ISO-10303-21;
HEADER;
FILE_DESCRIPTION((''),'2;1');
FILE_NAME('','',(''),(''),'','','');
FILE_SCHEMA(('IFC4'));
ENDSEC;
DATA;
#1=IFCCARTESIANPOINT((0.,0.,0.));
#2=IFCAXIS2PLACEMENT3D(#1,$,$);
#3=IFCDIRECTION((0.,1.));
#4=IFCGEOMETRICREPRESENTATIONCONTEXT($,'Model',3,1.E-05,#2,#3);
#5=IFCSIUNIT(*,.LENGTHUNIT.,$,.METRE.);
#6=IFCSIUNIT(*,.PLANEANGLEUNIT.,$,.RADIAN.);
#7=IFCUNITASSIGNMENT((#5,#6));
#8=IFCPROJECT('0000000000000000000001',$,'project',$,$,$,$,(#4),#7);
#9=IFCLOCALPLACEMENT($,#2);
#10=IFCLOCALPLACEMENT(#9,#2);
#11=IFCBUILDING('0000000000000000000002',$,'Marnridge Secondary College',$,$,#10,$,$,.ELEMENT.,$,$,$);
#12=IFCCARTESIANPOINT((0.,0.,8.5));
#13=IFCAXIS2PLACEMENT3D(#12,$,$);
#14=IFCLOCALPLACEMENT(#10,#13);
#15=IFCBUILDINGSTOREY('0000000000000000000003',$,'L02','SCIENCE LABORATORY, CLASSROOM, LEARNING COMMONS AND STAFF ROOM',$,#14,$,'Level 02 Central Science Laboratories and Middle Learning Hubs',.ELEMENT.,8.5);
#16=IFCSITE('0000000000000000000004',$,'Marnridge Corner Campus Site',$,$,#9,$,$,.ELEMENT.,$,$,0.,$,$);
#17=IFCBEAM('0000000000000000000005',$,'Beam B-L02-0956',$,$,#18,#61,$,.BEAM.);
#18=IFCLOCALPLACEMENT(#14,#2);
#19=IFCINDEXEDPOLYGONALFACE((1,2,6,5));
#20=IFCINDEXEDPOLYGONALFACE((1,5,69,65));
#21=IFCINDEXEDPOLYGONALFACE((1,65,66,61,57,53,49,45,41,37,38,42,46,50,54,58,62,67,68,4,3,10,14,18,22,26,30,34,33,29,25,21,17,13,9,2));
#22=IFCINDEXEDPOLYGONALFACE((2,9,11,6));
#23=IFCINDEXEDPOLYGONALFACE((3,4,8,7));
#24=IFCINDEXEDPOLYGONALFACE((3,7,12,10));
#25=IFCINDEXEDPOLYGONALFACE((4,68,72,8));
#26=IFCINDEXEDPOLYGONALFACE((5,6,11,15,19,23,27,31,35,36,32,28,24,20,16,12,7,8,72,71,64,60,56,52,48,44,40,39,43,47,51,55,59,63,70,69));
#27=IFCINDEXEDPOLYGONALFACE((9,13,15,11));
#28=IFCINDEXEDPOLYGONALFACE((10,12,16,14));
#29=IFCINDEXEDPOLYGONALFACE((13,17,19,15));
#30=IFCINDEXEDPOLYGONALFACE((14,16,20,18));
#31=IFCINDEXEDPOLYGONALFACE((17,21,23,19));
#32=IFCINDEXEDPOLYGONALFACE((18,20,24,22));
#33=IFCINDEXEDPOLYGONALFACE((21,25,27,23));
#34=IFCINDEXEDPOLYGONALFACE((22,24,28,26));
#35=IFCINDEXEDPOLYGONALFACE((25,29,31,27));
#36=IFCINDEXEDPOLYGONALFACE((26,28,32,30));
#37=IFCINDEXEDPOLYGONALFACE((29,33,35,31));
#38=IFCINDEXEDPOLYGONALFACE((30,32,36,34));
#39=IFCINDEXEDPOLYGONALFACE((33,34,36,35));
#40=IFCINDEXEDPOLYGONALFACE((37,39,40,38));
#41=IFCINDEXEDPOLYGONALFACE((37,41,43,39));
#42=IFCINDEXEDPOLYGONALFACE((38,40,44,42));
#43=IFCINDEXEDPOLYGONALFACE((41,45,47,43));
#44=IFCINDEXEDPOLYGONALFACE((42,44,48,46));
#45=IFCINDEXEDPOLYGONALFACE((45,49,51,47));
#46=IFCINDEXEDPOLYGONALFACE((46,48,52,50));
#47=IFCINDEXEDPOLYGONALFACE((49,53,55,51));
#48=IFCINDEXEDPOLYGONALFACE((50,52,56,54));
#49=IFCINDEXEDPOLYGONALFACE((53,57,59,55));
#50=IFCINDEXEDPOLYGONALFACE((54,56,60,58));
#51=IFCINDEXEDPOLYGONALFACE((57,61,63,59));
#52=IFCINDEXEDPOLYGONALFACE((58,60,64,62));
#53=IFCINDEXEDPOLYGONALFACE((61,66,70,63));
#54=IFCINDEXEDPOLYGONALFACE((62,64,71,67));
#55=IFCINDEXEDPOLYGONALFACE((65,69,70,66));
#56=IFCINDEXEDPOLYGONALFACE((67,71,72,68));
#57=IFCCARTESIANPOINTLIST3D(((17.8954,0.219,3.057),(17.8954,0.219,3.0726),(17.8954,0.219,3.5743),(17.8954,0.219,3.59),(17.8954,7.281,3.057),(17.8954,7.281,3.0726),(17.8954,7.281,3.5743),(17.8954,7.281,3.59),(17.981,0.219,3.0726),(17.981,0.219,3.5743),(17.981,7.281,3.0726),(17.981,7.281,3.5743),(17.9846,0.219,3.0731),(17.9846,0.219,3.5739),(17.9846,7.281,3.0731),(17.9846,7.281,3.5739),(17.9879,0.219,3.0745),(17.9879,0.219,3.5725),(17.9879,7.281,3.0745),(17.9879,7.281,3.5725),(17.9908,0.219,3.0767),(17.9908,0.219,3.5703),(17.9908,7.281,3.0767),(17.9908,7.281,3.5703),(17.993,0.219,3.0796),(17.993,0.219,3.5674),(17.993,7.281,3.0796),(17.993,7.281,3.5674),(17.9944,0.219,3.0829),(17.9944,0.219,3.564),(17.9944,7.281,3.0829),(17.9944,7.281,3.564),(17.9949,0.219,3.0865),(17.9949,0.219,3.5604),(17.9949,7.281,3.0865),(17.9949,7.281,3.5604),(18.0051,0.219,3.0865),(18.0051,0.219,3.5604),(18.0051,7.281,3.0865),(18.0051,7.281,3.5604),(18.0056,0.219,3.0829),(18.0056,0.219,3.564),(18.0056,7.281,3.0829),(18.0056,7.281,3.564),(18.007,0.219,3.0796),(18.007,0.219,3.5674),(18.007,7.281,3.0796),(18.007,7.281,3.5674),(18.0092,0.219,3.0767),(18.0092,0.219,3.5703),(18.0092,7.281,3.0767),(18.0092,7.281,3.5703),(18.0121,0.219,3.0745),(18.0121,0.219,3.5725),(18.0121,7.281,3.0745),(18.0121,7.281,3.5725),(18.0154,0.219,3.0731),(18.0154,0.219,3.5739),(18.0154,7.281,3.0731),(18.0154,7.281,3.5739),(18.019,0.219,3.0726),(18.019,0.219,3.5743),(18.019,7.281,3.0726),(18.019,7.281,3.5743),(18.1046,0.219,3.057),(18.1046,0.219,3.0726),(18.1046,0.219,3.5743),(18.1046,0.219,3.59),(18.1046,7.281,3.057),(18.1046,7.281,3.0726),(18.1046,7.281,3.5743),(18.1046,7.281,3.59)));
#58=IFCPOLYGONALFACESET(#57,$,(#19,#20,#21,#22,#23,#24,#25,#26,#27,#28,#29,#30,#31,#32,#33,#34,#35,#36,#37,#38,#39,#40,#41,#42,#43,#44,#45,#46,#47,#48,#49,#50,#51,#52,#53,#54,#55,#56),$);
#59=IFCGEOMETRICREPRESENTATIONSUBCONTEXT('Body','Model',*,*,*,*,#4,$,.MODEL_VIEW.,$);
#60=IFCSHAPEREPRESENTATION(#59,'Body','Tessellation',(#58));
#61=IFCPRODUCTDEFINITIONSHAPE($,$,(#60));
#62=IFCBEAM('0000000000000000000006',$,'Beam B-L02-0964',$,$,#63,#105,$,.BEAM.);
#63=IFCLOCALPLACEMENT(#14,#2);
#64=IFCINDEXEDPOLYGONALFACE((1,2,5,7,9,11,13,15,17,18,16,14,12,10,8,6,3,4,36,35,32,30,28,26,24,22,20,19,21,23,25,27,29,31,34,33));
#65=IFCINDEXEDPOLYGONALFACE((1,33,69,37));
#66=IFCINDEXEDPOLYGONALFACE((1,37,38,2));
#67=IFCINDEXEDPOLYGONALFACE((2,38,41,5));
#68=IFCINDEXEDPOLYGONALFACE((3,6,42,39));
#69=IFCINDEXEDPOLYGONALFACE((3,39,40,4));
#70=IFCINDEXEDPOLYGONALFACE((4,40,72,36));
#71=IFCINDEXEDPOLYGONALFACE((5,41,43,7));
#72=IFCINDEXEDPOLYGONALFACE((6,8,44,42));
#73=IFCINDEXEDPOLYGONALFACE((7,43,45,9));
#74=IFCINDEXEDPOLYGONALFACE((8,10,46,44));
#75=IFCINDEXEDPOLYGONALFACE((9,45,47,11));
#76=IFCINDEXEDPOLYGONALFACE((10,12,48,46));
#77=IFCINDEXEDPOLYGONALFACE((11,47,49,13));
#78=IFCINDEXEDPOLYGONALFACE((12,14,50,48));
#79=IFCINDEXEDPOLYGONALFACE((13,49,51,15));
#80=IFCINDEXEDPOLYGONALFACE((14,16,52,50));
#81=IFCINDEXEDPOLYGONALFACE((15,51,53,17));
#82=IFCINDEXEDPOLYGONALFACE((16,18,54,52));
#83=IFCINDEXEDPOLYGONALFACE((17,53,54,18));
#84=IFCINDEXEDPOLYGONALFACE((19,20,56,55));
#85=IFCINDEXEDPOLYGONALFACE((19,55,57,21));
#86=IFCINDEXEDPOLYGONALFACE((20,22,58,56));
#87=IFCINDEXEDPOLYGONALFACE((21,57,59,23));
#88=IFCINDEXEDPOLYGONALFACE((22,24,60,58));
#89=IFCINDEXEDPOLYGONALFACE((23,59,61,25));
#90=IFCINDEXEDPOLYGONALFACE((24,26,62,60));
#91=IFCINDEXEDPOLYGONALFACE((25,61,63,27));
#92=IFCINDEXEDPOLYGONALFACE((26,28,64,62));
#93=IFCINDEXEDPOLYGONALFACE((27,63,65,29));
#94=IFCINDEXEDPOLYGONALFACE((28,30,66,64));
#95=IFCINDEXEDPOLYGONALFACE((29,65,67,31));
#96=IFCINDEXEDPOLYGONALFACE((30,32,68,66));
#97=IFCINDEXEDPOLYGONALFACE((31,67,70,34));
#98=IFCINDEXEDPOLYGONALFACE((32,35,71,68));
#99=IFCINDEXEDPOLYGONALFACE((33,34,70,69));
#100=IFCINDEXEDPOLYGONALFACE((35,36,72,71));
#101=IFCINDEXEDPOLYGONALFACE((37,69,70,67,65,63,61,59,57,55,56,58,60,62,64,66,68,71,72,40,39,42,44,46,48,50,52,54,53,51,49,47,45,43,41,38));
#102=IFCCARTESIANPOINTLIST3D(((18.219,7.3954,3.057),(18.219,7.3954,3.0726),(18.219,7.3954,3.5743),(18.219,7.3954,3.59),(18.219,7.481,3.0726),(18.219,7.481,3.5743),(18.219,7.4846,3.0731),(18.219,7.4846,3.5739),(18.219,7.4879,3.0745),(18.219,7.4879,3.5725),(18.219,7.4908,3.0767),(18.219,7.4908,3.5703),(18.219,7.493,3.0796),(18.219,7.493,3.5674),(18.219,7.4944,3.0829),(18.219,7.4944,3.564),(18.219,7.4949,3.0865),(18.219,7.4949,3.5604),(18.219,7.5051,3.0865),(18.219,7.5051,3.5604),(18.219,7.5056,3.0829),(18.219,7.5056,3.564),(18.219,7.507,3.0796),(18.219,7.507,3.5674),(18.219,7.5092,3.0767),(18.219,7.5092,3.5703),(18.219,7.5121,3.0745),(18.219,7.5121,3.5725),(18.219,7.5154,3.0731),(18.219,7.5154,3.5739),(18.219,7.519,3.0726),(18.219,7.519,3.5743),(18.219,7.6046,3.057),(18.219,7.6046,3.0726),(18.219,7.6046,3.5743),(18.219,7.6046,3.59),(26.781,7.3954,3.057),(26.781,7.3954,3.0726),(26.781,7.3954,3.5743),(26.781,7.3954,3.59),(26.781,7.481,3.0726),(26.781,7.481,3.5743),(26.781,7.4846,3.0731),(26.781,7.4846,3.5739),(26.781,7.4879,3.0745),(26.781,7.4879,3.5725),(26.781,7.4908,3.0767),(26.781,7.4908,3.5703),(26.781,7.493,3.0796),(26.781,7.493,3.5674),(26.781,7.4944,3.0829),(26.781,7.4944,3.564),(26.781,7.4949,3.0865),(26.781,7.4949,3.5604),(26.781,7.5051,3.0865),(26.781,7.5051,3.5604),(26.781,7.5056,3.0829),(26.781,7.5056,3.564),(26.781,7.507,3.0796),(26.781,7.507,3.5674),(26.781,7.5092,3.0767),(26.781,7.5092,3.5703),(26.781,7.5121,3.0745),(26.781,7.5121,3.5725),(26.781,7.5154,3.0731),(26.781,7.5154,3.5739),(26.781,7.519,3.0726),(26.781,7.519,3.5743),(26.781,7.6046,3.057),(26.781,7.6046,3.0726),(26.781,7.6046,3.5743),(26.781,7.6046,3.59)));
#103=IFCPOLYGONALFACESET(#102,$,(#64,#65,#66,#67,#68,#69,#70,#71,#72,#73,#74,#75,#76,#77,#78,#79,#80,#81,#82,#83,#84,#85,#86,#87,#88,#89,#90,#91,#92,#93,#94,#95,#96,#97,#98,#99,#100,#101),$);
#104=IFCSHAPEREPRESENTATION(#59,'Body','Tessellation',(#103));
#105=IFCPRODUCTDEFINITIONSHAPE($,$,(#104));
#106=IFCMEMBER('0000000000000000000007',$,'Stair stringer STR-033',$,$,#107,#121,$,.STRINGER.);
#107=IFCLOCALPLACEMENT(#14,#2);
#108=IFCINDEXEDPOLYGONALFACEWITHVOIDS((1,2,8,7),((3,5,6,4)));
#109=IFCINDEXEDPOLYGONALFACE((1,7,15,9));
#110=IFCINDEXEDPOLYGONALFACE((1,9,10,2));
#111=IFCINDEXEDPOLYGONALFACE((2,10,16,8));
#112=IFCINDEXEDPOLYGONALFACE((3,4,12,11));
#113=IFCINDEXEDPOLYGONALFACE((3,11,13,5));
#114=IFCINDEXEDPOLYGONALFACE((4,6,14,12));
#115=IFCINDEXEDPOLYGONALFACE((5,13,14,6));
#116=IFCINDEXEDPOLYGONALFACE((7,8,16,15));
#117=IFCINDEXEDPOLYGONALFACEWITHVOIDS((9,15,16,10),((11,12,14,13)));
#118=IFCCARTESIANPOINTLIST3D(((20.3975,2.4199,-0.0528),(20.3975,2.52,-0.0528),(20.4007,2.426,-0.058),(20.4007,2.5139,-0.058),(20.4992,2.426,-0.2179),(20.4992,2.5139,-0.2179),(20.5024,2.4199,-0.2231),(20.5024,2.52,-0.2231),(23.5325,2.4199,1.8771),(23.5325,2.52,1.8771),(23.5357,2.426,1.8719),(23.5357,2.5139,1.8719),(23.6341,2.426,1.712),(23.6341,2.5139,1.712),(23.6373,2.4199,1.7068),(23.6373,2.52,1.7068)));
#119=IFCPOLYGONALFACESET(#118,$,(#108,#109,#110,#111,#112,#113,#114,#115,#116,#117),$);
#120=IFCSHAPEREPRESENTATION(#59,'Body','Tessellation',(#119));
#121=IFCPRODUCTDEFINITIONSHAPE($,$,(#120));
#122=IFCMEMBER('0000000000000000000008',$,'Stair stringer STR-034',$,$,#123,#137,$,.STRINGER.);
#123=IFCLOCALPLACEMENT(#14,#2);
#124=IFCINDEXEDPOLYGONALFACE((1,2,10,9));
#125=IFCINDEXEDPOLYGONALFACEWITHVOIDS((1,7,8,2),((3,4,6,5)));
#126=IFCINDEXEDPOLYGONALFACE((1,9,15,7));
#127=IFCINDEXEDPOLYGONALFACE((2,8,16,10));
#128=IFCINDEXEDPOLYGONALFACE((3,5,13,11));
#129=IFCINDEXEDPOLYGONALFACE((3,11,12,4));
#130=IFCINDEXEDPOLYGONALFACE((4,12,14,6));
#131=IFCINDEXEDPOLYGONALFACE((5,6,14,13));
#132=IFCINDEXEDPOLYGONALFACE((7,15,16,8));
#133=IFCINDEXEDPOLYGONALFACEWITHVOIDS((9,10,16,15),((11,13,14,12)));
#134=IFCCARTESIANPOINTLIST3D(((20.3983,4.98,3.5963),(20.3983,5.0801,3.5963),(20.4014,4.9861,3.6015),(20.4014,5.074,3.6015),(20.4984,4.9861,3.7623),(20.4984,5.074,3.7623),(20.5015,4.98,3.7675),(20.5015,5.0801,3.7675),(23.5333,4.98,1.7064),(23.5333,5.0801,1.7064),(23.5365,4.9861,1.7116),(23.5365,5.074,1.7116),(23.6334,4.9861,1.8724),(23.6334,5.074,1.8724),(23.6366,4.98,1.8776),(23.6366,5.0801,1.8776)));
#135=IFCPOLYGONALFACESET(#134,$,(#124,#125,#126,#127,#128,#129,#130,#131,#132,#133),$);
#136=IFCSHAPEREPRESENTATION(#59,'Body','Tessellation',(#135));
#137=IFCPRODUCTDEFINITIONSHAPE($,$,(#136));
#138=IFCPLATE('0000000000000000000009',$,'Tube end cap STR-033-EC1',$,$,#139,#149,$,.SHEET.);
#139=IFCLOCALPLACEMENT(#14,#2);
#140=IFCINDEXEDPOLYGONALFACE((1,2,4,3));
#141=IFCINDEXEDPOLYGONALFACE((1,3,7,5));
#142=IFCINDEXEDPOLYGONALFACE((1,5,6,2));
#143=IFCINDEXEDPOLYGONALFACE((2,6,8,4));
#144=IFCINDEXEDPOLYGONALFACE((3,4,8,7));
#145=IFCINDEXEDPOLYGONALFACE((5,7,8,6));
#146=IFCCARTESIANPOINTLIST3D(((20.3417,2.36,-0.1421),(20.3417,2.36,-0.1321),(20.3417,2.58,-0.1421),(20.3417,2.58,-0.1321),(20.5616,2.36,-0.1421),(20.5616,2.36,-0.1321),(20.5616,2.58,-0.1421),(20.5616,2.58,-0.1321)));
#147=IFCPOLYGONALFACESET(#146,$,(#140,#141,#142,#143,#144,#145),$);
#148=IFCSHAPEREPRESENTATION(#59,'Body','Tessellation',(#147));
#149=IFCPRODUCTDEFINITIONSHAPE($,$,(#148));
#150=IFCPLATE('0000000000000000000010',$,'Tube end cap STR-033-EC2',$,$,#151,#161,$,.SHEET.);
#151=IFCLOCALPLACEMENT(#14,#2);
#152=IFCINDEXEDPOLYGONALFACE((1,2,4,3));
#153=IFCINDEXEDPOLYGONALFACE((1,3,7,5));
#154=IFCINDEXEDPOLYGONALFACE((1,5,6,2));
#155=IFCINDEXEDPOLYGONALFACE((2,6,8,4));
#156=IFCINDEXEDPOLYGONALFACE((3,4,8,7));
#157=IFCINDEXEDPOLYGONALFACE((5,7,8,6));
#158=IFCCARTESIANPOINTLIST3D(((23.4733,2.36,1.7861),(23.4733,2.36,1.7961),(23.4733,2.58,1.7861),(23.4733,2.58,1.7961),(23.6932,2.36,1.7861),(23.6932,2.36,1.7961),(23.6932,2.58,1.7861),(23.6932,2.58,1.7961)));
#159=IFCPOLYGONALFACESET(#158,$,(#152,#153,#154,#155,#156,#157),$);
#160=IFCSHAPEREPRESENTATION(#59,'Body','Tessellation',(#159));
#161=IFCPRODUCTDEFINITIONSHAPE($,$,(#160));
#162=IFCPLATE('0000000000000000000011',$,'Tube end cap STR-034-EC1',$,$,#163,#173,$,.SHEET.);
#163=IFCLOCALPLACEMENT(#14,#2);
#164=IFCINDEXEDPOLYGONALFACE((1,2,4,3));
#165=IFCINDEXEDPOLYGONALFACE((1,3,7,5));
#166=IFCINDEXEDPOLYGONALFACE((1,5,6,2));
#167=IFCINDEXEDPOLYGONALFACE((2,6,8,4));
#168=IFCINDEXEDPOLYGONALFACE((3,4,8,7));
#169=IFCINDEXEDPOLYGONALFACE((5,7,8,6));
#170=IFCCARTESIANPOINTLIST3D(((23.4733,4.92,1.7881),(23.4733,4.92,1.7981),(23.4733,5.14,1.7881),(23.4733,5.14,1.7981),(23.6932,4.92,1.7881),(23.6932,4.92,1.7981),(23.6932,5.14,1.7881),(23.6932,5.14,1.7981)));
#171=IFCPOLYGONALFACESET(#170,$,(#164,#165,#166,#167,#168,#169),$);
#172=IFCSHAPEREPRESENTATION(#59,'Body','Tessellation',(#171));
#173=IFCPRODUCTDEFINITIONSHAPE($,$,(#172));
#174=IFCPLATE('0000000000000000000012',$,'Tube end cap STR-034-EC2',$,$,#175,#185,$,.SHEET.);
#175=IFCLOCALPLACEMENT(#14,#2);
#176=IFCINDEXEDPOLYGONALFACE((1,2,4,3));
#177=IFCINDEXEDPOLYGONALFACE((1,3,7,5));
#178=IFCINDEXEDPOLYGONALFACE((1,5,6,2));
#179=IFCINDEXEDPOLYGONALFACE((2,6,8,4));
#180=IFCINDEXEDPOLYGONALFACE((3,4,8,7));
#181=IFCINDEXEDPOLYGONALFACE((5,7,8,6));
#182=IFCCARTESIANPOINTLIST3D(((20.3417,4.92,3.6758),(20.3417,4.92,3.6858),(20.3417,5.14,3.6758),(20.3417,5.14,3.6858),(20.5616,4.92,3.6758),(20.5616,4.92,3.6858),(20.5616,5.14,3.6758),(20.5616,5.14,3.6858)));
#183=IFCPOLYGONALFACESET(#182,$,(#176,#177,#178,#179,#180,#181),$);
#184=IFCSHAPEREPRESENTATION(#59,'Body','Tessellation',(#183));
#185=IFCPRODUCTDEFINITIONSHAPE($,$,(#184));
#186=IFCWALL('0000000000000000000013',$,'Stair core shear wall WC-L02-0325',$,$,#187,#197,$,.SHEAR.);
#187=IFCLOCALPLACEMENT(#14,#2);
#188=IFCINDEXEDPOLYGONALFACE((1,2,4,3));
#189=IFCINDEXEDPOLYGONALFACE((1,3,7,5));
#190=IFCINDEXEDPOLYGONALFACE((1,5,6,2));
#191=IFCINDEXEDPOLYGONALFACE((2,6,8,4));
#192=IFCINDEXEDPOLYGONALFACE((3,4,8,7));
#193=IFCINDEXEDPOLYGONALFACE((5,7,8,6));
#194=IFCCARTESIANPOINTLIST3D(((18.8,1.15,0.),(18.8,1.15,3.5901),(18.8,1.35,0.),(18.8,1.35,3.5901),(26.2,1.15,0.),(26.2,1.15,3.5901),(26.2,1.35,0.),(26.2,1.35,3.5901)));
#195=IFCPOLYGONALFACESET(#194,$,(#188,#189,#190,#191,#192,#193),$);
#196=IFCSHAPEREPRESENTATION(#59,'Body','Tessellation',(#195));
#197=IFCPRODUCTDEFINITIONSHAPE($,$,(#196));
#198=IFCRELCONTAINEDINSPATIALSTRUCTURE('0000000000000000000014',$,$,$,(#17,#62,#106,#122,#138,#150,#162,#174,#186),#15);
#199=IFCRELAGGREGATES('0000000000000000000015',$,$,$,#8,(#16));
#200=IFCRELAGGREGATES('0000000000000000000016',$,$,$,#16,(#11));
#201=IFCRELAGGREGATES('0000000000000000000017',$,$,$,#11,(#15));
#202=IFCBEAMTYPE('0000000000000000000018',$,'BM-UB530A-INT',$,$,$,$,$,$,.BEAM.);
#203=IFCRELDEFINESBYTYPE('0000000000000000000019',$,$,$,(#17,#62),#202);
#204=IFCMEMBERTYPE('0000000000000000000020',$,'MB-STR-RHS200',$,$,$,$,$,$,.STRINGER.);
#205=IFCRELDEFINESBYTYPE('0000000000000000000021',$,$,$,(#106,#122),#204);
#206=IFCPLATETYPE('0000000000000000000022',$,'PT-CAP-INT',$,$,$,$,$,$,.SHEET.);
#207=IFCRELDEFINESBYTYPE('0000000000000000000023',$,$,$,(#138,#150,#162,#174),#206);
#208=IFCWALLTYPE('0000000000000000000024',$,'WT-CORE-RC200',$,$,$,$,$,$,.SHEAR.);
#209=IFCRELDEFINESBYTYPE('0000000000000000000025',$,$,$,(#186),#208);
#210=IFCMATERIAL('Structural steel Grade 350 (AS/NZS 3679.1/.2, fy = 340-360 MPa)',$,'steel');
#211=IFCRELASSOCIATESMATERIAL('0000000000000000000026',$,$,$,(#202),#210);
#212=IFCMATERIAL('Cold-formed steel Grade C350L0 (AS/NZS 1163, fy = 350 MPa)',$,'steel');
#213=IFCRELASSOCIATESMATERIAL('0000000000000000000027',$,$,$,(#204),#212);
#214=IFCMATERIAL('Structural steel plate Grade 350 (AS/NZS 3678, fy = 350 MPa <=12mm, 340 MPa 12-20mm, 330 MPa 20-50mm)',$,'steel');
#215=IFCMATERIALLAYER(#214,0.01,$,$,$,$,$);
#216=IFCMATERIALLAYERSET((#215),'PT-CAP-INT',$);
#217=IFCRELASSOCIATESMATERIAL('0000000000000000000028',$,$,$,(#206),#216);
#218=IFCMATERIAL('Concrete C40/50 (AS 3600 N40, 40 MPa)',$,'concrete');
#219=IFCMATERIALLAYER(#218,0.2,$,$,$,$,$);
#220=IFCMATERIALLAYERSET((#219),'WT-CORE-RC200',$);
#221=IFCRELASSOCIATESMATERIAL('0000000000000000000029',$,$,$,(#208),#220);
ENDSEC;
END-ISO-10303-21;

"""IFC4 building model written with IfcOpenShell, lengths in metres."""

from ifc_helpers import new_model, si_unit, direction, frame, frame_2d, origin, origin_2d, place, context, subcontext, project, spatial, rectangle, hollow_rectangle, i_section, extrude, material, layer, layer_set, material_profile, profile_set, type_object, element, save


model = new_model("IFC4")

# Units and contexts
model_context = context("Model", 3, precision=1e-05, world=origin(), true_north=direction((0.0, 1.0)))
body_context = subcontext(model_context, "Body", "Model", "MODEL_VIEW")
ifc_project = project(units=[si_unit("LENGTHUNIT", "METRE"), si_unit("PLANEANGLEUNIT", "RADIAN")], contexts=[model_context])

# Site, building, storey
site_placement = place(None, origin())
site = spatial("IfcSite", under=ifc_project, at=site_placement, Name="Marnridge Corner Campus Site", CompositionType="ELEMENT", RefElevation=0.0)
building_placement = place(site_placement, origin())
building = spatial("IfcBuilding", under=site, at=building_placement, Name="Marnridge Secondary College", CompositionType="ELEMENT")
storey_placement = place(building_placement, frame((0.0, 0.0, 8.5)))
storey = spatial("IfcBuildingStorey", under=building, at=storey_placement, Name="L02", Description="SCIENCE LABORATORY, CLASSROOM, LEARNING COMMONS AND STAFF ROOM", LongName="Level 02 Central Science Laboratories and Middle Learning Hubs", CompositionType="ELEMENT", Elevation=8.5)

# Beams
ifc_material_1 = material(Name="Structural steel Grade 350 (AS/NZS 3679.1/.2, fy = 340-360 MPa)", Category="steel")
ifc_material_profile_1 = material_profile(ifc_material_1, i_section(OverallWidth=0.2092, OverallDepth=0.533, WebThickness=0.0103, FlangeThickness=0.0156, FilletRadius=0.0139, at=origin_2d()), Name="530UB92.4")
ifc_profile_set_1 = profile_set([ifc_material_profile_1], Name="Structural steel Grade 350 (AS/NZS 3679.1/.2, fy = 340-360 MPa)")
beam_type_1 = type_object("IfcBeamType", Name="BM-UB530A-INT", PredefinedType="BEAM", material=ifc_profile_set_1)
beam_1_placement = place(storey_placement, frame((18.0, 0.219, 3.3235), z_axis=(0.0, 1.0, 0.0), x_axis=(-1.0, 0.0, 0.0)))
element("IfcBeam", 1, at=beam_1_placement, inside=storey, type_object=beam_type_1, Name="Beam B-L02-0956", PredefinedType="BEAM", context=body_context, shape_type="SweptSolid", body=[
    extrude(i_section(OverallWidth=0.2092, OverallDepth=0.533, WebThickness=0.0103, FlangeThickness=0.0156, FilletRadius=0.0139, at=origin_2d()), origin(), (0.0, 0.0, 1.0), 7.062),
])
beam_2_placement = place(storey_placement, frame((18.219, 7.5, 3.3235), z_axis=(1.0, 0.0, 0.0), x_axis=(0.0, 1.0, 0.0)))
element("IfcBeam", 2, at=beam_2_placement, inside=storey, type_object=beam_type_1, Name="Beam B-L02-0964", PredefinedType="BEAM", context=body_context, shape_type="SweptSolid", body=[
    extrude(i_section(OverallWidth=0.2092, OverallDepth=0.533, WebThickness=0.0103, FlangeThickness=0.0156, FilletRadius=0.0139, at=origin_2d()), origin(), (0.0, 0.0, 1.0), 8.562),
])

# Members
ifc_material_2 = material(Name="Cold-formed steel Grade C350L0 (AS/NZS 1163, fy = 350 MPa)", Category="steel")
ifc_material_profile_2 = material_profile(ifc_material_2, hollow_rectangle(XDim=0.1001, YDim=0.2, WallThickness=0.0061, at=origin_2d()), Name="200x100x6.0RHS")
ifc_profile_set_2 = profile_set([ifc_material_profile_2], Name="Cold-formed steel Grade C350L0 (AS/NZS 1163, fy = 350 MPa)")
member_type = type_object("IfcMemberType", Name="MB-STR-RHS200", PredefinedType="STRINGER", material=ifc_profile_set_2)
member_1_placement = place(storey_placement, frame((20.45, 2.47, -0.1379), z_axis=(0.851574, 0.0, 0.524234), x_axis=(0.0, 1.0, 0.0)))
element("IfcMember", 3, at=member_1_placement, inside=storey, type_object=member_type, Name="Stair stringer STR-033", PredefinedType="STRINGER", context=body_context, shape_type="SweptSolid", body=[
    extrude(hollow_rectangle(XDim=0.1001, YDim=0.2, WallThickness=0.0061, at=origin_2d()), origin(), (0.0, 0.0, 1.0), 3.6814),
])
member_2_placement = place(storey_placement, frame((23.585, 5.03, 1.792), z_axis=(-0.85642, 0.0, 0.51628), x_axis=(0.0, -1.0, 0.0)))
element("IfcMember", 4, at=member_2_placement, inside=storey, type_object=member_type, Name="Stair stringer STR-034", PredefinedType="STRINGER", context=body_context, shape_type="SweptSolid", body=[
    extrude(hollow_rectangle(XDim=0.1001, YDim=0.2, WallThickness=0.0061, at=origin_2d()), origin(), (0.0, 0.0, 1.0), 3.6606),
])

# Plates
ifc_material_3 = material(Name="Structural steel plate Grade 350 (AS/NZS 3678, fy = 350 MPa <=12mm, 340 MPa 12-20mm, 330 MPa 20-50mm)", Category="steel")
ifc_layer_1 = layer(ifc_material_3, 0.01)
ifc_layer_set_1 = layer_set([ifc_layer_1], Name="PT-CAP-INT")
plate_type = type_object("IfcPlateType", Name="PT-CAP-INT", PredefinedType="SHEET", material=ifc_layer_set_1)
for number, where, z_axis, x_axis, name in (
    (5, (20.4517, 2.47, -0.1421), (0.0, 0.0, 1.0), (1.0, 0.0, 0.0), "Tube end cap STR-033-EC1"),
    (6, (23.5833, 2.47, 1.7861), (0.0, 0.0, 1.0), (1.0, 0.0, 0.0), "Tube end cap STR-033-EC2"),
    (7, (23.5833, 5.03, 1.7881), (0.0, 0.0, 1.0), (-1.0, 0.0, 0.0), "Tube end cap STR-034-EC1"),
    (8, (20.4517, 5.03, 3.6758), (0.0, 0.0, 1.0), (-1.0, 0.0, 0.0), "Tube end cap STR-034-EC2"),
):
    element("IfcPlate", number, at=place(storey_placement, frame(where, z_axis=z_axis, x_axis=x_axis)), inside=storey, type_object=plate_type, Name=name, PredefinedType="SHEET", context=body_context, shape_type="SweptSolid", body=[
        extrude(rectangle(XDim=0.22, YDim=0.22, at=origin_2d()), origin(), (0.0, 0.0, 1.0), 0.01),
    ])

# Wall
ifc_material_4 = material(Name="Concrete C40/50 (AS 3600 N40, 40 MPa)", Category="concrete")
ifc_layer_2 = layer(ifc_material_4, 0.2)
ifc_layer_set_2 = layer_set([ifc_layer_2], Name="WT-CORE-RC200")
wall_type_1 = type_object("IfcWallType", Name="WT-CORE-RC200", PredefinedType="SHEAR", material=ifc_layer_set_2)
wall_1_placement = place(storey_placement, frame((18.8, 1.25, 0.0), z_axis=(0.0, 0.0, 1.0), x_axis=(1.0, 0.0, 0.0)))
element("IfcWall", 9, at=wall_1_placement, inside=storey, type_object=wall_type_1, Name="Stair core shear wall WC-L02-0325", PredefinedType="SHEAR", context=body_context, shape_type="SweptSolid", body=[
    extrude(rectangle(XDim=7.3999, YDim=0.2, at=frame_2d((3.7, 0.0))), origin(), (0.0, 0.0, 1.0), 3.5901),
])

save(model, "model.ifc")
